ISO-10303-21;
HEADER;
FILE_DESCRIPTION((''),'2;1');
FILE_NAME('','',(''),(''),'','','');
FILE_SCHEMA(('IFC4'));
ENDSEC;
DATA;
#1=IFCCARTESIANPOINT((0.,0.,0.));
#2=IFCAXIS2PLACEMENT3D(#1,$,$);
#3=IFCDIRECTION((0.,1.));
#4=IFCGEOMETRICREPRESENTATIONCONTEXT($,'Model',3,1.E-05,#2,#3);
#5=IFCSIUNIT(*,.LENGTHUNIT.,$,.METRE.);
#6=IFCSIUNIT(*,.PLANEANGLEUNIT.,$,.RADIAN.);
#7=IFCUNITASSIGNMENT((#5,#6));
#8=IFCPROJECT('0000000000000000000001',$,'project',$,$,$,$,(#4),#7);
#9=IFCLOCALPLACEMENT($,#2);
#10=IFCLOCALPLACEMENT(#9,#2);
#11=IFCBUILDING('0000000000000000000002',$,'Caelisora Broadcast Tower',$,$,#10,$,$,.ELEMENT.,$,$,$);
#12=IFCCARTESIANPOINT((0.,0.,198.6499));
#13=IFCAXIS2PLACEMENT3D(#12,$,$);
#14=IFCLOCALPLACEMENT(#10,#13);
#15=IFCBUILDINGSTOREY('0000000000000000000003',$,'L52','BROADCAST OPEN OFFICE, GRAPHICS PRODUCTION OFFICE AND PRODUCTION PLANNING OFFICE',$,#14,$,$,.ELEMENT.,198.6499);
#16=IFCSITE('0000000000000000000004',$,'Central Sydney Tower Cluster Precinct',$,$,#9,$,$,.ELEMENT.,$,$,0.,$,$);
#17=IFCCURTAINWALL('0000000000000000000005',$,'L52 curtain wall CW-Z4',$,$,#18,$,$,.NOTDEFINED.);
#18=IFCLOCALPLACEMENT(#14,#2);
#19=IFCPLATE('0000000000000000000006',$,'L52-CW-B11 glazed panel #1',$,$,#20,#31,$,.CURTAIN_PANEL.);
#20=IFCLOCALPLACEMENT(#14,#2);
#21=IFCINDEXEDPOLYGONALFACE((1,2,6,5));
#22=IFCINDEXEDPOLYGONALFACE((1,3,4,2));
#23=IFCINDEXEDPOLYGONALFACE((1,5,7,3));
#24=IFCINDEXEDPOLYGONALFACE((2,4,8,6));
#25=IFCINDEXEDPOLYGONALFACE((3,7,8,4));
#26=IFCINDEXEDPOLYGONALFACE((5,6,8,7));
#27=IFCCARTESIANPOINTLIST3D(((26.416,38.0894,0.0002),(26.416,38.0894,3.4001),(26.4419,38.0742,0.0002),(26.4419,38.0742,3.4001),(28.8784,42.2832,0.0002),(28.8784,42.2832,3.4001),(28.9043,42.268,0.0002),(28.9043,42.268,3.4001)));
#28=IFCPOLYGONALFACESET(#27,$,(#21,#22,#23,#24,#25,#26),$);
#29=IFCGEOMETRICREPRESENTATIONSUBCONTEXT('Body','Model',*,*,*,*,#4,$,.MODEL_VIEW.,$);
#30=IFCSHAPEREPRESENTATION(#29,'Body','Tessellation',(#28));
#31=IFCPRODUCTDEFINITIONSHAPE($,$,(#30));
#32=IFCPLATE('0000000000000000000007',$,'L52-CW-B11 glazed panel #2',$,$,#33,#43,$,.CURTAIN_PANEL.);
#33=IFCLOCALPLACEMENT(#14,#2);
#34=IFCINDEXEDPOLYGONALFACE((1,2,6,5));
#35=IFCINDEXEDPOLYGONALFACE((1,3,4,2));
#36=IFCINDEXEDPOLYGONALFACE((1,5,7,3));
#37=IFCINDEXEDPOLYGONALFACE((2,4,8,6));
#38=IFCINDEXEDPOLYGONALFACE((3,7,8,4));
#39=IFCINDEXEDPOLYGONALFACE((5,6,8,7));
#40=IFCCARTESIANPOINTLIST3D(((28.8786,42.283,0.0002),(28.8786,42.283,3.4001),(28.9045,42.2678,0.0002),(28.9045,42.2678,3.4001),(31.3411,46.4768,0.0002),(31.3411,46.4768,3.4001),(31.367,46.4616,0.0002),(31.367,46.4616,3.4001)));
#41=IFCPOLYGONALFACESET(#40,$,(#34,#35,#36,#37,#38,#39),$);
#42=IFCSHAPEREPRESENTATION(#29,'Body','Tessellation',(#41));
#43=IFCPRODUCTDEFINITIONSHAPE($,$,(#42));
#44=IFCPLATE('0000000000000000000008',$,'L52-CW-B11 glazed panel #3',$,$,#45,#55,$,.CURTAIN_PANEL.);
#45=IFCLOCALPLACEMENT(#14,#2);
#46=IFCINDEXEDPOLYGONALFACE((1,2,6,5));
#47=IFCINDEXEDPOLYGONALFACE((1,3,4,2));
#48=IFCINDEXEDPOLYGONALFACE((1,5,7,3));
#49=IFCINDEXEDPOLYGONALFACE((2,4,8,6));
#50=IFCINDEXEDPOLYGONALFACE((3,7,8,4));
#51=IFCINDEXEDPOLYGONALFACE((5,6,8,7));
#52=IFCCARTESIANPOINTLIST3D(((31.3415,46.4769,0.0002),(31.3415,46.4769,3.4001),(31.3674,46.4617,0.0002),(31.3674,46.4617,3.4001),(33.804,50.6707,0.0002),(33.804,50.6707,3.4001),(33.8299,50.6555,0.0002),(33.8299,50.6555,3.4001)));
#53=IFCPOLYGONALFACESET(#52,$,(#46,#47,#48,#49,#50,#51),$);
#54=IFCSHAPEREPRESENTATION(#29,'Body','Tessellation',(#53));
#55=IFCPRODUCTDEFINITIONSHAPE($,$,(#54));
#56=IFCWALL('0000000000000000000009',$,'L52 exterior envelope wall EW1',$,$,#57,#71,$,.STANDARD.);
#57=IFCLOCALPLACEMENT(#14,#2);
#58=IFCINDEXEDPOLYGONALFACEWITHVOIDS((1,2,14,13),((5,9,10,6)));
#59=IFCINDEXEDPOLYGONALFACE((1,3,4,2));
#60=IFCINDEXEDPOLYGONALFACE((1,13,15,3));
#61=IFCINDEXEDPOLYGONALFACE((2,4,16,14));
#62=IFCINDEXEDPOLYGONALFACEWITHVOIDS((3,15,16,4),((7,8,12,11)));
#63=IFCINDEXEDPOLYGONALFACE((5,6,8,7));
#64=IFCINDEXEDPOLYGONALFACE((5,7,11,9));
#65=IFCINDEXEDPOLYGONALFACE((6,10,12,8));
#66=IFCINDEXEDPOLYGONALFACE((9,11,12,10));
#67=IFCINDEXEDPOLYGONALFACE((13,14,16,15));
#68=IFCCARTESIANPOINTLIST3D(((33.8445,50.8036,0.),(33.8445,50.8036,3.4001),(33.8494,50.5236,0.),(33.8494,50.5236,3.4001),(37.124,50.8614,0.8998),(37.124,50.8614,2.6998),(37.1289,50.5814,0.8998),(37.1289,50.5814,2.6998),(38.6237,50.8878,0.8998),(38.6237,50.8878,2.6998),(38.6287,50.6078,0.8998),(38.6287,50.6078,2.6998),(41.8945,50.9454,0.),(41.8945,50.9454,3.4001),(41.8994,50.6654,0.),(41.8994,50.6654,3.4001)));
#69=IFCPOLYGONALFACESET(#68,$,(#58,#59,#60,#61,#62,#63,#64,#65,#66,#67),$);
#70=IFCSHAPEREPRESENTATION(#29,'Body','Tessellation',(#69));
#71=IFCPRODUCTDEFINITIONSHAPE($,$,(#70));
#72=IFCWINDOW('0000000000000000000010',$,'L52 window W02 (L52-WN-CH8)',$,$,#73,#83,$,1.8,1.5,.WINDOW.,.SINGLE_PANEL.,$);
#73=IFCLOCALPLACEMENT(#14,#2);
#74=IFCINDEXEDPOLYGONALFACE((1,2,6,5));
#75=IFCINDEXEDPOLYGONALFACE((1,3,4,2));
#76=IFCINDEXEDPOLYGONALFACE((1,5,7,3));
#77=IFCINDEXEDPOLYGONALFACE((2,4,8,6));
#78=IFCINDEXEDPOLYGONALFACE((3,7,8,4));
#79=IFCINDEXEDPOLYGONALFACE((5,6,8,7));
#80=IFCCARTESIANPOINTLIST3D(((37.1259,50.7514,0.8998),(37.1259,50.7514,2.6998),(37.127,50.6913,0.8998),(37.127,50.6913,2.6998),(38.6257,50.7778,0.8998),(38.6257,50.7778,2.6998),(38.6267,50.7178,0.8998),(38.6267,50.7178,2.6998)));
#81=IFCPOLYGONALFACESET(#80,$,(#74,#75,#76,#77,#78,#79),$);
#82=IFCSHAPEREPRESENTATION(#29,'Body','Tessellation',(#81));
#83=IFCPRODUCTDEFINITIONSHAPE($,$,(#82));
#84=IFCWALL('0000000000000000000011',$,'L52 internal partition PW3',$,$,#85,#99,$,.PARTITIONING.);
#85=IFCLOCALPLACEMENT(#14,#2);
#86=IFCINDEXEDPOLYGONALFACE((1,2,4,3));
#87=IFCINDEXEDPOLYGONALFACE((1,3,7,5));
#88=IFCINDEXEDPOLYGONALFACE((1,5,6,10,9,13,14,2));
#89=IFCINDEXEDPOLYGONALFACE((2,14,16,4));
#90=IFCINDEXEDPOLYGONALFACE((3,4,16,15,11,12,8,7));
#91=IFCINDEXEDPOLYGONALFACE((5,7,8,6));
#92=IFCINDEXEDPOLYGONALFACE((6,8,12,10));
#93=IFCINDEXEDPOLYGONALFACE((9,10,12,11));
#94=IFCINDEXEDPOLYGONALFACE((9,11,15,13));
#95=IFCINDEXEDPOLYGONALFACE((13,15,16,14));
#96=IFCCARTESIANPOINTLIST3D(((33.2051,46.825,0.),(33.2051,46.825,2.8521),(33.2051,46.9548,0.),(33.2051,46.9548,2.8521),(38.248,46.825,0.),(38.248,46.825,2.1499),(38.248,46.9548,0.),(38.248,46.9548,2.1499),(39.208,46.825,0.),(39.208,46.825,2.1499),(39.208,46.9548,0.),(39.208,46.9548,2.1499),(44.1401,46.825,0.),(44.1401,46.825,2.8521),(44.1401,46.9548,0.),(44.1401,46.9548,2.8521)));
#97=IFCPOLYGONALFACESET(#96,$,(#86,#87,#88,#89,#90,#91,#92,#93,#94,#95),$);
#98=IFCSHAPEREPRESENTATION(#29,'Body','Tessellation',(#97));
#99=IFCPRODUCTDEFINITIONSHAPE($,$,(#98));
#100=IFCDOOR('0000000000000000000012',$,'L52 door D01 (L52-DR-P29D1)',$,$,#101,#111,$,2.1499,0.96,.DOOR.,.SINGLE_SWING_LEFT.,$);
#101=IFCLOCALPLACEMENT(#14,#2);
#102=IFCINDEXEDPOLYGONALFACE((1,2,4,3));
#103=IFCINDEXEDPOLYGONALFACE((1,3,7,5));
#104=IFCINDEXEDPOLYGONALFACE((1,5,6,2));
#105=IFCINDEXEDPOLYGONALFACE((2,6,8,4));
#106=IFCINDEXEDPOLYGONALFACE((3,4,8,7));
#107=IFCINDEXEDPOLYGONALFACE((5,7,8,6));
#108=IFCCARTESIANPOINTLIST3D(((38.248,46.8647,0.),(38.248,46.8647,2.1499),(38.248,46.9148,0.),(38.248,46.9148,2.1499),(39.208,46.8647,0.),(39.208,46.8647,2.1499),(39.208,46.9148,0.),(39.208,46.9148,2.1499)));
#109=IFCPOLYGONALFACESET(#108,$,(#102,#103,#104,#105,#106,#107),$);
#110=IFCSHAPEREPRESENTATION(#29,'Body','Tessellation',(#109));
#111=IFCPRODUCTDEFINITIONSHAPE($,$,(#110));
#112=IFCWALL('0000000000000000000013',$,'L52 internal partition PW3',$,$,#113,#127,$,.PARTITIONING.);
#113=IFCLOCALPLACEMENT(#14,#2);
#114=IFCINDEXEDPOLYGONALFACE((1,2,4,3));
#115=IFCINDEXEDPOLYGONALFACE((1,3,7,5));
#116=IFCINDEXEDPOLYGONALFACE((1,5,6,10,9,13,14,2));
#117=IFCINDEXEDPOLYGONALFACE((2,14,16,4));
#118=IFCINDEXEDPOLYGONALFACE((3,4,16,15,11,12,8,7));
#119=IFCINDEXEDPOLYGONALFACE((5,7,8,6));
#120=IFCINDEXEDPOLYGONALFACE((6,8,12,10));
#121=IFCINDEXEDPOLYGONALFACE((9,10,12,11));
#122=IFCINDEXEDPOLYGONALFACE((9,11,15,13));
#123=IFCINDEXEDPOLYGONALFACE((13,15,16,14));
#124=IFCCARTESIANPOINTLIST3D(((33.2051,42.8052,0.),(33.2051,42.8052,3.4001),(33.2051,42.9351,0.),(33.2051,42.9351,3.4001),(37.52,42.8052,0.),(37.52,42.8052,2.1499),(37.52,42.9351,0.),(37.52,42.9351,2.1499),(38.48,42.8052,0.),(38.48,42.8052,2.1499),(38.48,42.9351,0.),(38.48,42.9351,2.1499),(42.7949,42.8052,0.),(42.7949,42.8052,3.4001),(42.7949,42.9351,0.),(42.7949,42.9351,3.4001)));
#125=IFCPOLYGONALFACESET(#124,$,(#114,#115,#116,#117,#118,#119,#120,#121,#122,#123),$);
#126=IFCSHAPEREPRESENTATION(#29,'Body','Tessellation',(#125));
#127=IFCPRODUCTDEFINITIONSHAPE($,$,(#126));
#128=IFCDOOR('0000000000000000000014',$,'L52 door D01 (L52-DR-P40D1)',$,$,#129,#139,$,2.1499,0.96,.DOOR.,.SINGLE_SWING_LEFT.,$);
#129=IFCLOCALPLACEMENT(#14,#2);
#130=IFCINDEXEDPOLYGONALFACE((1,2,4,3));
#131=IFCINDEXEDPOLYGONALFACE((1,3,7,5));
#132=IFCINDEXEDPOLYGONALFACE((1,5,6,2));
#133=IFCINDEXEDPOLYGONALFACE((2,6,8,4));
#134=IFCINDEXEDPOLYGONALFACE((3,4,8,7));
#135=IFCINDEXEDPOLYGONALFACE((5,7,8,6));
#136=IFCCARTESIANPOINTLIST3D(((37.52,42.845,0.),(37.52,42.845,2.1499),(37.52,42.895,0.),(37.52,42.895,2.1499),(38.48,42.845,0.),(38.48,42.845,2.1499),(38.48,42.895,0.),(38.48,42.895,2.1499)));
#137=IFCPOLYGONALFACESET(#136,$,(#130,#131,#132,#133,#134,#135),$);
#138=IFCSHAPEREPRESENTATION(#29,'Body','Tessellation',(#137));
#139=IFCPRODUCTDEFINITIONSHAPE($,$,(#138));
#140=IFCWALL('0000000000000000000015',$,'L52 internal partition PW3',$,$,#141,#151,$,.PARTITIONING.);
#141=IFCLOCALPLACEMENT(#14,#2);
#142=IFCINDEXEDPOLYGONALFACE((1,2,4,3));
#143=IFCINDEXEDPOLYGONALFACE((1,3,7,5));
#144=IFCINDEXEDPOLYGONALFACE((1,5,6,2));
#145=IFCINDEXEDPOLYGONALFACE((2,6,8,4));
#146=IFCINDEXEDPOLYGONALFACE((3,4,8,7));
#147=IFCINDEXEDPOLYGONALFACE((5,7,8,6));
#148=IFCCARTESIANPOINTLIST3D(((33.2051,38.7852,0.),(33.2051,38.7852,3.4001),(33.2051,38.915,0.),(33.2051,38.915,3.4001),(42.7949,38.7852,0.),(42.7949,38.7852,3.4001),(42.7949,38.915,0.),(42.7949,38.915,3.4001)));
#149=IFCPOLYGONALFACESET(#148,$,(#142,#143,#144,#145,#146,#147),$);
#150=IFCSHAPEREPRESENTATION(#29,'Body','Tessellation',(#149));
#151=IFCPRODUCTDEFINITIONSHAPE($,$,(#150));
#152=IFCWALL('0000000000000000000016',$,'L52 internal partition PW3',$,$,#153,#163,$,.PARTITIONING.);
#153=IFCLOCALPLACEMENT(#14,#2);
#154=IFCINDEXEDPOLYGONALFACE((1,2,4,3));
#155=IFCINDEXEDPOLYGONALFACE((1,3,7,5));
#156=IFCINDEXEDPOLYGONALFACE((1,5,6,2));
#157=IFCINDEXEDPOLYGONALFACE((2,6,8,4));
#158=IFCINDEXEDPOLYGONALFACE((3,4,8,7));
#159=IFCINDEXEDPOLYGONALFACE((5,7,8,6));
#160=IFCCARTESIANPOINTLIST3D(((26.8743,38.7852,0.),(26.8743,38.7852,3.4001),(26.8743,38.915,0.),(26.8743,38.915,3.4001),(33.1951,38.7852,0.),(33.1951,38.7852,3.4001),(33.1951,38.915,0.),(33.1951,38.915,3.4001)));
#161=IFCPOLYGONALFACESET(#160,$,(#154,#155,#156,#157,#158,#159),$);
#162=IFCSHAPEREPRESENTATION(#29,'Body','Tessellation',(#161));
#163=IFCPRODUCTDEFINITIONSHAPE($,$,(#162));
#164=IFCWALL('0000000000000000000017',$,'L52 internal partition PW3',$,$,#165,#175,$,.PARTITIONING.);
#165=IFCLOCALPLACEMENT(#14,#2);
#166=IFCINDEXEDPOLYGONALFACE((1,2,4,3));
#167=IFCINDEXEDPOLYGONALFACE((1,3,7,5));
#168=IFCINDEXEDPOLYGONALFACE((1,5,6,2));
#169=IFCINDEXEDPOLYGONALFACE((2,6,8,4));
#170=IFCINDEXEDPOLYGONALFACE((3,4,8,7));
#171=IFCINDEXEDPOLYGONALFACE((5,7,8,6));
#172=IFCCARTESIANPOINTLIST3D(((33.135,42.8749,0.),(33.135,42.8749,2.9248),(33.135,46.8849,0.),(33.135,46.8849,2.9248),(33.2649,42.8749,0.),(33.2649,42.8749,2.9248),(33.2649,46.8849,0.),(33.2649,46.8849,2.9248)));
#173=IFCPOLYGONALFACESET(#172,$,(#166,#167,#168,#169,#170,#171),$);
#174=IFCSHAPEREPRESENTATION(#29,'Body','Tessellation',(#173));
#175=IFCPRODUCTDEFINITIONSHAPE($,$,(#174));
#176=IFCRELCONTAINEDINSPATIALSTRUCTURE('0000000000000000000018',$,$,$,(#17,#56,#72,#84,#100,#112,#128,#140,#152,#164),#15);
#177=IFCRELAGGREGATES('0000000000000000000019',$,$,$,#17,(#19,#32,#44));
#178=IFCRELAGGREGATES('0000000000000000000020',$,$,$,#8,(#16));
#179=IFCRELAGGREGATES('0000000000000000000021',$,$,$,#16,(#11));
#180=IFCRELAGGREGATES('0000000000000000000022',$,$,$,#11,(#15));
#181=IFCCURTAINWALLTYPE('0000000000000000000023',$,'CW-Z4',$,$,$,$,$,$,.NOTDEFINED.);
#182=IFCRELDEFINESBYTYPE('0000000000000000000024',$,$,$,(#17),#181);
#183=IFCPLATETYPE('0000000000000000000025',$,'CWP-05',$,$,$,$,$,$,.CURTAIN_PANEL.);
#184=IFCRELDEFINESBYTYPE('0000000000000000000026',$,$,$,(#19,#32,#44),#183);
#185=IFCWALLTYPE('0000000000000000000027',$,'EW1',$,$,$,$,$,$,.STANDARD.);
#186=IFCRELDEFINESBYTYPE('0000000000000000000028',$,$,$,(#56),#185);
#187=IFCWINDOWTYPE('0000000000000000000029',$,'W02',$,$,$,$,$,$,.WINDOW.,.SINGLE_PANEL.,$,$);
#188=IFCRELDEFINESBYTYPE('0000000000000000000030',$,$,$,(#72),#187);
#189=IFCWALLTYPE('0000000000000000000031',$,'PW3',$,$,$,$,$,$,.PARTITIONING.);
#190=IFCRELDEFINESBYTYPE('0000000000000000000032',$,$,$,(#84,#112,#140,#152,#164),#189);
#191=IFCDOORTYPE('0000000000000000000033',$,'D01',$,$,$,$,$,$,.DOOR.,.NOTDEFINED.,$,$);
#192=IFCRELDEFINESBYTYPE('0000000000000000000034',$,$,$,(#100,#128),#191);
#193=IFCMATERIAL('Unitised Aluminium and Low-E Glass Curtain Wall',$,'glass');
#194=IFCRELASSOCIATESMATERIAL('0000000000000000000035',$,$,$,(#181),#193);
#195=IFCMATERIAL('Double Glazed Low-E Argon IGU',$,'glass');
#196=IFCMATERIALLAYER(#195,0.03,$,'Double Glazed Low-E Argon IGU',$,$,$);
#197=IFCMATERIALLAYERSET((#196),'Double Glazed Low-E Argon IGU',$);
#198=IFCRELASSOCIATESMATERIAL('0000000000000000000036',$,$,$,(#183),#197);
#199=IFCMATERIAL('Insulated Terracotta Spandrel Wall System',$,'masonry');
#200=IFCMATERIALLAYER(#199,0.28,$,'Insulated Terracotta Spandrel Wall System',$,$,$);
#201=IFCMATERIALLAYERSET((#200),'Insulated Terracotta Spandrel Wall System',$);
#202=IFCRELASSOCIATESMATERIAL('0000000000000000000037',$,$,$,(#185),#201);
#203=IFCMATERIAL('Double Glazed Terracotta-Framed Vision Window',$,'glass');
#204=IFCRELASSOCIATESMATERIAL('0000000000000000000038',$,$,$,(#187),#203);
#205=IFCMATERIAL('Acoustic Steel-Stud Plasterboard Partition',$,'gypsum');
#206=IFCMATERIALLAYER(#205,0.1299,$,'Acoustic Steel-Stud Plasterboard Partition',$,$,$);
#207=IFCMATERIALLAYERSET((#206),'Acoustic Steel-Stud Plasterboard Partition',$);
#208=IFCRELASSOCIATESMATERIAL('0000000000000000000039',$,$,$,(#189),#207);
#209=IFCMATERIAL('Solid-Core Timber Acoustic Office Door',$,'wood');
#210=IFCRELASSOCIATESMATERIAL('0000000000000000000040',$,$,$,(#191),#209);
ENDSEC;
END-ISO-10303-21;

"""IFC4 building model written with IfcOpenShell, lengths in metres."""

from ifc_helpers import new_model, si_unit, direction, frame, frame_2d, origin, origin_2d, place, context, subcontext, project, spatial, rectangle, extrude, source, transform, mapped, material, layer, layer_set, type_object, type_shapes, element, fill, aggregate, save


model = new_model("IFC4")

# Units and contexts
model_context = context("Model", 3, precision=1e-05, world=origin(), true_north=direction((0.0, 1.0)))
body_context = subcontext(model_context, "Body", "Model", "MODEL_VIEW")
ifc_project = project(units=[si_unit("LENGTHUNIT", "METRE"), si_unit("PLANEANGLEUNIT", "RADIAN")], contexts=[model_context])

# Site, building, storey
site_placement = place(None, origin())
site = spatial("IfcSite", under=ifc_project, at=site_placement, Name="Central Sydney Tower Cluster Precinct", CompositionType="ELEMENT", RefElevation=0.0)
building_placement = place(site_placement, origin())
building = spatial("IfcBuilding", under=site, at=building_placement, Name="Caelisora Broadcast Tower", CompositionType="ELEMENT")
storey_placement = place(building_placement, frame((0.0, 0.0, 198.6499)))
storey = spatial("IfcBuildingStorey", under=building, at=storey_placement, Name="L52", Description="BROADCAST OPEN OFFICE, GRAPHICS PRODUCTION OFFICE AND PRODUCTION PLANNING OFFICE", CompositionType="ELEMENT", Elevation=198.6499)

# Curtain wall, plates
ifc_material_1 = material(Name="Unitised Aluminium and Low-E Glass Curtain Wall", Category="glass")
curtain_wall_type = type_object("IfcCurtainWallType", Name="CW-Z4", PredefinedType="NOTDEFINED", material=ifc_material_1)
curtain_wall_placement = place(storey_placement, origin())
curtain_wall = element("IfcCurtainWall", 1, at=curtain_wall_placement, inside=storey, type_object=curtain_wall_type, Name="L52 curtain wall CW-Z4", PredefinedType="NOTDEFINED")
ifc_material_2 = material(Name="Double Glazed Low-E Argon IGU", Category="glass")
ifc_layer_1 = layer(ifc_material_2, 0.03, Name="Double Glazed Low-E Argon IGU")
ifc_layer_set_1 = layer_set([ifc_layer_1], Name="Double Glazed Low-E Argon IGU")
plate_type = type_object("IfcPlateType", Name="CWP-05", PredefinedType="CURTAIN_PANEL", material=ifc_layer_set_1)
shared_shape_1 = source(origin(), body_context, "Body", "SweptSolid", [
    extrude(rectangle(XDim=4.8633, YDim=0.03, at=origin_2d()), origin(), (0.0, 0.0, 1.0), 3.3999),
])
type_shapes(plate_type, [shared_shape_1])
plate_1_placement = place(storey_placement, frame((27.6602, 40.1787, 0.0002), z_axis=(0.0, 0.0, 1.0), x_axis=(0.506335, 0.862337, 0.0)))
plate_1 = element("IfcPlate", 2, at=plate_1_placement, type_object=plate_type, Name="L52-CW-B11 glazed panel #1", PredefinedType="CURTAIN_PANEL", context=body_context, shape_type="MappedRepresentation", body=[
    mapped(shared_shape_1, transform((0.0, 0.0, 0.0), scale=1.0)),
])
plate_2_placement = place(storey_placement, frame((30.1228, 44.3723, 0.0002), z_axis=(0.0, 0.0, 1.0), x_axis=(0.506335, 0.862337, 0.0)))
plate_2 = element("IfcPlate", 3, at=plate_2_placement, type_object=plate_type, Name="L52-CW-B11 glazed panel #2", PredefinedType="CURTAIN_PANEL", context=body_context, shape_type="MappedRepresentation", body=[
    mapped(shared_shape_1, transform((0.0, 0.0, 0.0), scale=1.0)),
])
plate_3_placement = place(storey_placement, frame((32.5857, 48.5662, 0.0002), z_axis=(0.0, 0.0, 1.0), x_axis=(0.506335, 0.862337, 0.0)))
plate_3 = element("IfcPlate", 4, at=plate_3_placement, type_object=plate_type, Name="L52-CW-B11 glazed panel #3", PredefinedType="CURTAIN_PANEL", context=body_context, shape_type="MappedRepresentation", body=[
    mapped(shared_shape_1, transform((0.0, 0.0, 0.0), scale=1.0)),
])
aggregate(curtain_wall, [plate_1, plate_2, plate_3])

# Wall, opening, window
ifc_material_3 = material(Name="Insulated Terracotta Spandrel Wall System", Category="masonry")
ifc_layer_2 = layer(ifc_material_3, 0.28, Name="Insulated Terracotta Spandrel Wall System")
ifc_layer_set_2 = layer_set([ifc_layer_2], Name="Insulated Terracotta Spandrel Wall System")
wall_type_1 = type_object("IfcWallType", Name="EW1", PredefinedType="STANDARD", material=ifc_layer_set_2)
wall_1_placement = place(storey_placement, frame((33.8469, 50.6636, 0.0), z_axis=(0.0, 0.0, 1.0), x_axis=(0.999845, 0.017618, 0.0)))
wall_1 = element("IfcWall", 5, at=wall_1_placement, inside=storey, type_object=wall_type_1, Name="L52 exterior envelope wall EW1", PredefinedType="STANDARD", context=body_context, shape_type="SweptSolid", body=[
    extrude(rectangle(XDim=8.0513, YDim=0.28, at=frame_2d((4.0256, 0.0))), origin(), (0.0, 0.0, 1.0), 3.4001),
])
opening_1_placement = place(wall_1_placement, frame((3.28, 0.0, 0.8999)))
opening_1 = element("IfcOpeningElement", 6, at=opening_1_placement, cuts=wall_1, PredefinedType="OPENING", context=body_context, shape_type="SweptSolid", body=[
    extrude(rectangle(XDim=1.5, YDim=1.8, at=frame_2d((0.75, 0.8999))), frame((0.0, 0.1521, 0.0), z_axis=(0.0, -1.0, 0.0), x_axis=(1.0, 0.0, 0.0)), (0.0, 0.0, 1.0), 0.304),
])
ifc_material_4 = material(Name="Double Glazed Terracotta-Framed Vision Window", Category="glass")
window_type = type_object("IfcWindowType", Name="W02", PartitioningType="SINGLE_PANEL", PredefinedType="WINDOW", material=ifc_material_4)
window_placement = place(opening_1_placement, origin())
window = element("IfcWindow", 7, at=window_placement, inside=storey, type_object=window_type, Name="L52 window W02 (L52-WN-CH8)", OverallHeight=1.8, OverallWidth=1.5, PartitioningType="SINGLE_PANEL", PredefinedType="WINDOW", context=body_context, shape_type="SweptSolid", body=[
    extrude(rectangle(XDim=1.5, YDim=1.8, at=frame_2d((0.75, 0.8999))), frame((0.0, 0.03, 0.0), z_axis=(0.0, -1.0, 0.0), x_axis=(1.0, 0.0, 0.0)), (0.0, 0.0, 1.0), 0.0601),
])
fill(opening_1, window)

# Walls, openings, doors
ifc_material_5 = material(Name="Acoustic Steel-Stud Plasterboard Partition", Category="gypsum")
ifc_layer_3 = layer(ifc_material_5, 0.1299, Name="Acoustic Steel-Stud Plasterboard Partition")
ifc_layer_set_3 = layer_set([ifc_layer_3], Name="Acoustic Steel-Stud Plasterboard Partition")
wall_type_2 = type_object("IfcWallType", Name="PW3", PredefinedType="PARTITIONING", material=ifc_layer_set_3)
wall_2_placement = place(storey_placement, frame((33.2051, 46.8899, 0.0), z_axis=(0.0, 0.0, 1.0), x_axis=(1.0, 0.0, 0.0)))
wall_2 = element("IfcWall", 8, at=wall_2_placement, inside=storey, type_object=wall_type_2, Name="L52 internal partition PW3", PredefinedType="PARTITIONING", context=body_context, shape_type="SweptSolid", body=[
    extrude(rectangle(XDim=10.9351, YDim=0.1299, at=frame_2d((5.4675, 0.0))), origin(), (0.0, 0.0, 1.0), 2.8521),
])
opening_2_placement = place(wall_2_placement, frame((5.043, 0.0, 0.0)))
opening_2 = element("IfcOpeningElement", 9, at=opening_2_placement, cuts=wall_2, PredefinedType="OPENING", context=body_context, shape_type="SweptSolid", body=[
    extrude(rectangle(XDim=0.96, YDim=2.1499, at=frame_2d((0.48, 1.075))), frame((0.0, 0.0769, 0.0), z_axis=(0.0, -1.0, 0.0), x_axis=(1.0, 0.0, 0.0)), (0.0, 0.0, 1.0), 0.1538),
])
ifc_material_6 = material(Name="Solid-Core Timber Acoustic Office Door", Category="wood")
door_type = type_object("IfcDoorType", Name="D01", OperationType="NOTDEFINED", PredefinedType="DOOR", material=ifc_material_6)
door_1_placement = place(opening_2_placement, origin())
door_1 = element("IfcDoor", 10, at=door_1_placement, inside=storey, type_object=door_type, Name="L52 door D01 (L52-DR-P29D1)", OperationType="SINGLE_SWING_LEFT", OverallHeight=2.1499, OverallWidth=0.96, PredefinedType="DOOR", context=body_context, shape_type="SweptSolid", body=[
    extrude(rectangle(XDim=0.96, YDim=2.1499, at=frame_2d((0.48, 1.075))), frame((0.0, 0.0249, 0.0), z_axis=(0.0, -1.0, 0.0), x_axis=(1.0, 0.0, 0.0)), (0.0, 0.0, 1.0), 0.05),
])
fill(opening_2, door_1)
wall_3_placement = place(storey_placement, frame((33.2051, 42.8701, 0.0), z_axis=(0.0, 0.0, 1.0), x_axis=(1.0, 0.0, 0.0)))
wall_3 = element("IfcWall", 11, at=wall_3_placement, inside=storey, type_object=wall_type_2, Name="L52 internal partition PW3", PredefinedType="PARTITIONING", context=body_context, shape_type="SweptSolid", body=[
    extrude(rectangle(XDim=9.5898, YDim=0.1299, at=frame_2d((4.7949, 0.0))), origin(), (0.0, 0.0, 1.0), 3.4001),
])
opening_3_placement = place(wall_3_placement, frame((4.3149, 0.0, 0.0)))
opening_3 = element("IfcOpeningElement", 12, at=opening_3_placement, cuts=wall_3, PredefinedType="OPENING", context=body_context, shape_type="SweptSolid", body=[
    extrude(rectangle(XDim=0.96, YDim=2.1499, at=frame_2d((0.48, 1.075))), frame((0.0, 0.0769, 0.0), z_axis=(0.0, -1.0, 0.0), x_axis=(1.0, 0.0, 0.0)), (0.0, 0.0, 1.0), 0.1538),
])
door_2_placement = place(opening_3_placement, origin())
door_2 = element("IfcDoor", 13, at=door_2_placement, inside=storey, type_object=door_type, Name="L52 door D01 (L52-DR-P40D1)", OperationType="SINGLE_SWING_LEFT", OverallHeight=2.1499, OverallWidth=0.96, PredefinedType="DOOR", context=body_context, shape_type="SweptSolid", body=[
    extrude(rectangle(XDim=0.96, YDim=2.1499, at=frame_2d((0.48, 1.075))), frame((0.0, 0.0249, 0.0), z_axis=(0.0, -1.0, 0.0), x_axis=(1.0, 0.0, 0.0)), (0.0, 0.0, 1.0), 0.05),
])
fill(opening_3, door_2)

# Walls
wall_4_placement = place(storey_placement, frame((33.2051, 38.8501, 0.0), z_axis=(0.0, 0.0, 1.0), x_axis=(1.0, 0.0, 0.0)))
element("IfcWall", 14, at=wall_4_placement, inside=storey, type_object=wall_type_2, Name="L52 internal partition PW3", PredefinedType="PARTITIONING", context=body_context, shape_type="SweptSolid", body=[
    extrude(rectangle(XDim=9.5898, YDim=0.1299, at=frame_2d((4.7949, 0.0))), origin(), (0.0, 0.0, 1.0), 3.4001),
])
wall_5_placement = place(storey_placement, frame((26.8743, 38.8501, 0.0), z_axis=(0.0, 0.0, 1.0), x_axis=(1.0, 0.0, 0.0)))
element("IfcWall", 15, at=wall_5_placement, inside=storey, type_object=wall_type_2, Name="L52 internal partition PW3", PredefinedType="PARTITIONING", context=body_context, shape_type="SweptSolid", body=[
    extrude(rectangle(XDim=6.3208, YDim=0.1299, at=frame_2d((3.1604, 0.0))), origin(), (0.0, 0.0, 1.0), 3.4001),
])
wall_6_placement = place(storey_placement, frame((33.2, 42.875, 0.0), z_axis=(0.0, 0.0, 1.0), x_axis=(0.0, 1.0, 0.0)))
element("IfcWall", 16, at=wall_6_placement, inside=storey, type_object=wall_type_2, Name="L52 internal partition PW3", PredefinedType="PARTITIONING", context=body_context, shape_type="SweptSolid", body=[
    extrude(rectangle(XDim=4.01, YDim=0.1299, at=frame_2d((2.0049, 0.0))), origin(), (0.0, 0.0, 1.0), 2.9248),
])

save(model, "model.ifc")
